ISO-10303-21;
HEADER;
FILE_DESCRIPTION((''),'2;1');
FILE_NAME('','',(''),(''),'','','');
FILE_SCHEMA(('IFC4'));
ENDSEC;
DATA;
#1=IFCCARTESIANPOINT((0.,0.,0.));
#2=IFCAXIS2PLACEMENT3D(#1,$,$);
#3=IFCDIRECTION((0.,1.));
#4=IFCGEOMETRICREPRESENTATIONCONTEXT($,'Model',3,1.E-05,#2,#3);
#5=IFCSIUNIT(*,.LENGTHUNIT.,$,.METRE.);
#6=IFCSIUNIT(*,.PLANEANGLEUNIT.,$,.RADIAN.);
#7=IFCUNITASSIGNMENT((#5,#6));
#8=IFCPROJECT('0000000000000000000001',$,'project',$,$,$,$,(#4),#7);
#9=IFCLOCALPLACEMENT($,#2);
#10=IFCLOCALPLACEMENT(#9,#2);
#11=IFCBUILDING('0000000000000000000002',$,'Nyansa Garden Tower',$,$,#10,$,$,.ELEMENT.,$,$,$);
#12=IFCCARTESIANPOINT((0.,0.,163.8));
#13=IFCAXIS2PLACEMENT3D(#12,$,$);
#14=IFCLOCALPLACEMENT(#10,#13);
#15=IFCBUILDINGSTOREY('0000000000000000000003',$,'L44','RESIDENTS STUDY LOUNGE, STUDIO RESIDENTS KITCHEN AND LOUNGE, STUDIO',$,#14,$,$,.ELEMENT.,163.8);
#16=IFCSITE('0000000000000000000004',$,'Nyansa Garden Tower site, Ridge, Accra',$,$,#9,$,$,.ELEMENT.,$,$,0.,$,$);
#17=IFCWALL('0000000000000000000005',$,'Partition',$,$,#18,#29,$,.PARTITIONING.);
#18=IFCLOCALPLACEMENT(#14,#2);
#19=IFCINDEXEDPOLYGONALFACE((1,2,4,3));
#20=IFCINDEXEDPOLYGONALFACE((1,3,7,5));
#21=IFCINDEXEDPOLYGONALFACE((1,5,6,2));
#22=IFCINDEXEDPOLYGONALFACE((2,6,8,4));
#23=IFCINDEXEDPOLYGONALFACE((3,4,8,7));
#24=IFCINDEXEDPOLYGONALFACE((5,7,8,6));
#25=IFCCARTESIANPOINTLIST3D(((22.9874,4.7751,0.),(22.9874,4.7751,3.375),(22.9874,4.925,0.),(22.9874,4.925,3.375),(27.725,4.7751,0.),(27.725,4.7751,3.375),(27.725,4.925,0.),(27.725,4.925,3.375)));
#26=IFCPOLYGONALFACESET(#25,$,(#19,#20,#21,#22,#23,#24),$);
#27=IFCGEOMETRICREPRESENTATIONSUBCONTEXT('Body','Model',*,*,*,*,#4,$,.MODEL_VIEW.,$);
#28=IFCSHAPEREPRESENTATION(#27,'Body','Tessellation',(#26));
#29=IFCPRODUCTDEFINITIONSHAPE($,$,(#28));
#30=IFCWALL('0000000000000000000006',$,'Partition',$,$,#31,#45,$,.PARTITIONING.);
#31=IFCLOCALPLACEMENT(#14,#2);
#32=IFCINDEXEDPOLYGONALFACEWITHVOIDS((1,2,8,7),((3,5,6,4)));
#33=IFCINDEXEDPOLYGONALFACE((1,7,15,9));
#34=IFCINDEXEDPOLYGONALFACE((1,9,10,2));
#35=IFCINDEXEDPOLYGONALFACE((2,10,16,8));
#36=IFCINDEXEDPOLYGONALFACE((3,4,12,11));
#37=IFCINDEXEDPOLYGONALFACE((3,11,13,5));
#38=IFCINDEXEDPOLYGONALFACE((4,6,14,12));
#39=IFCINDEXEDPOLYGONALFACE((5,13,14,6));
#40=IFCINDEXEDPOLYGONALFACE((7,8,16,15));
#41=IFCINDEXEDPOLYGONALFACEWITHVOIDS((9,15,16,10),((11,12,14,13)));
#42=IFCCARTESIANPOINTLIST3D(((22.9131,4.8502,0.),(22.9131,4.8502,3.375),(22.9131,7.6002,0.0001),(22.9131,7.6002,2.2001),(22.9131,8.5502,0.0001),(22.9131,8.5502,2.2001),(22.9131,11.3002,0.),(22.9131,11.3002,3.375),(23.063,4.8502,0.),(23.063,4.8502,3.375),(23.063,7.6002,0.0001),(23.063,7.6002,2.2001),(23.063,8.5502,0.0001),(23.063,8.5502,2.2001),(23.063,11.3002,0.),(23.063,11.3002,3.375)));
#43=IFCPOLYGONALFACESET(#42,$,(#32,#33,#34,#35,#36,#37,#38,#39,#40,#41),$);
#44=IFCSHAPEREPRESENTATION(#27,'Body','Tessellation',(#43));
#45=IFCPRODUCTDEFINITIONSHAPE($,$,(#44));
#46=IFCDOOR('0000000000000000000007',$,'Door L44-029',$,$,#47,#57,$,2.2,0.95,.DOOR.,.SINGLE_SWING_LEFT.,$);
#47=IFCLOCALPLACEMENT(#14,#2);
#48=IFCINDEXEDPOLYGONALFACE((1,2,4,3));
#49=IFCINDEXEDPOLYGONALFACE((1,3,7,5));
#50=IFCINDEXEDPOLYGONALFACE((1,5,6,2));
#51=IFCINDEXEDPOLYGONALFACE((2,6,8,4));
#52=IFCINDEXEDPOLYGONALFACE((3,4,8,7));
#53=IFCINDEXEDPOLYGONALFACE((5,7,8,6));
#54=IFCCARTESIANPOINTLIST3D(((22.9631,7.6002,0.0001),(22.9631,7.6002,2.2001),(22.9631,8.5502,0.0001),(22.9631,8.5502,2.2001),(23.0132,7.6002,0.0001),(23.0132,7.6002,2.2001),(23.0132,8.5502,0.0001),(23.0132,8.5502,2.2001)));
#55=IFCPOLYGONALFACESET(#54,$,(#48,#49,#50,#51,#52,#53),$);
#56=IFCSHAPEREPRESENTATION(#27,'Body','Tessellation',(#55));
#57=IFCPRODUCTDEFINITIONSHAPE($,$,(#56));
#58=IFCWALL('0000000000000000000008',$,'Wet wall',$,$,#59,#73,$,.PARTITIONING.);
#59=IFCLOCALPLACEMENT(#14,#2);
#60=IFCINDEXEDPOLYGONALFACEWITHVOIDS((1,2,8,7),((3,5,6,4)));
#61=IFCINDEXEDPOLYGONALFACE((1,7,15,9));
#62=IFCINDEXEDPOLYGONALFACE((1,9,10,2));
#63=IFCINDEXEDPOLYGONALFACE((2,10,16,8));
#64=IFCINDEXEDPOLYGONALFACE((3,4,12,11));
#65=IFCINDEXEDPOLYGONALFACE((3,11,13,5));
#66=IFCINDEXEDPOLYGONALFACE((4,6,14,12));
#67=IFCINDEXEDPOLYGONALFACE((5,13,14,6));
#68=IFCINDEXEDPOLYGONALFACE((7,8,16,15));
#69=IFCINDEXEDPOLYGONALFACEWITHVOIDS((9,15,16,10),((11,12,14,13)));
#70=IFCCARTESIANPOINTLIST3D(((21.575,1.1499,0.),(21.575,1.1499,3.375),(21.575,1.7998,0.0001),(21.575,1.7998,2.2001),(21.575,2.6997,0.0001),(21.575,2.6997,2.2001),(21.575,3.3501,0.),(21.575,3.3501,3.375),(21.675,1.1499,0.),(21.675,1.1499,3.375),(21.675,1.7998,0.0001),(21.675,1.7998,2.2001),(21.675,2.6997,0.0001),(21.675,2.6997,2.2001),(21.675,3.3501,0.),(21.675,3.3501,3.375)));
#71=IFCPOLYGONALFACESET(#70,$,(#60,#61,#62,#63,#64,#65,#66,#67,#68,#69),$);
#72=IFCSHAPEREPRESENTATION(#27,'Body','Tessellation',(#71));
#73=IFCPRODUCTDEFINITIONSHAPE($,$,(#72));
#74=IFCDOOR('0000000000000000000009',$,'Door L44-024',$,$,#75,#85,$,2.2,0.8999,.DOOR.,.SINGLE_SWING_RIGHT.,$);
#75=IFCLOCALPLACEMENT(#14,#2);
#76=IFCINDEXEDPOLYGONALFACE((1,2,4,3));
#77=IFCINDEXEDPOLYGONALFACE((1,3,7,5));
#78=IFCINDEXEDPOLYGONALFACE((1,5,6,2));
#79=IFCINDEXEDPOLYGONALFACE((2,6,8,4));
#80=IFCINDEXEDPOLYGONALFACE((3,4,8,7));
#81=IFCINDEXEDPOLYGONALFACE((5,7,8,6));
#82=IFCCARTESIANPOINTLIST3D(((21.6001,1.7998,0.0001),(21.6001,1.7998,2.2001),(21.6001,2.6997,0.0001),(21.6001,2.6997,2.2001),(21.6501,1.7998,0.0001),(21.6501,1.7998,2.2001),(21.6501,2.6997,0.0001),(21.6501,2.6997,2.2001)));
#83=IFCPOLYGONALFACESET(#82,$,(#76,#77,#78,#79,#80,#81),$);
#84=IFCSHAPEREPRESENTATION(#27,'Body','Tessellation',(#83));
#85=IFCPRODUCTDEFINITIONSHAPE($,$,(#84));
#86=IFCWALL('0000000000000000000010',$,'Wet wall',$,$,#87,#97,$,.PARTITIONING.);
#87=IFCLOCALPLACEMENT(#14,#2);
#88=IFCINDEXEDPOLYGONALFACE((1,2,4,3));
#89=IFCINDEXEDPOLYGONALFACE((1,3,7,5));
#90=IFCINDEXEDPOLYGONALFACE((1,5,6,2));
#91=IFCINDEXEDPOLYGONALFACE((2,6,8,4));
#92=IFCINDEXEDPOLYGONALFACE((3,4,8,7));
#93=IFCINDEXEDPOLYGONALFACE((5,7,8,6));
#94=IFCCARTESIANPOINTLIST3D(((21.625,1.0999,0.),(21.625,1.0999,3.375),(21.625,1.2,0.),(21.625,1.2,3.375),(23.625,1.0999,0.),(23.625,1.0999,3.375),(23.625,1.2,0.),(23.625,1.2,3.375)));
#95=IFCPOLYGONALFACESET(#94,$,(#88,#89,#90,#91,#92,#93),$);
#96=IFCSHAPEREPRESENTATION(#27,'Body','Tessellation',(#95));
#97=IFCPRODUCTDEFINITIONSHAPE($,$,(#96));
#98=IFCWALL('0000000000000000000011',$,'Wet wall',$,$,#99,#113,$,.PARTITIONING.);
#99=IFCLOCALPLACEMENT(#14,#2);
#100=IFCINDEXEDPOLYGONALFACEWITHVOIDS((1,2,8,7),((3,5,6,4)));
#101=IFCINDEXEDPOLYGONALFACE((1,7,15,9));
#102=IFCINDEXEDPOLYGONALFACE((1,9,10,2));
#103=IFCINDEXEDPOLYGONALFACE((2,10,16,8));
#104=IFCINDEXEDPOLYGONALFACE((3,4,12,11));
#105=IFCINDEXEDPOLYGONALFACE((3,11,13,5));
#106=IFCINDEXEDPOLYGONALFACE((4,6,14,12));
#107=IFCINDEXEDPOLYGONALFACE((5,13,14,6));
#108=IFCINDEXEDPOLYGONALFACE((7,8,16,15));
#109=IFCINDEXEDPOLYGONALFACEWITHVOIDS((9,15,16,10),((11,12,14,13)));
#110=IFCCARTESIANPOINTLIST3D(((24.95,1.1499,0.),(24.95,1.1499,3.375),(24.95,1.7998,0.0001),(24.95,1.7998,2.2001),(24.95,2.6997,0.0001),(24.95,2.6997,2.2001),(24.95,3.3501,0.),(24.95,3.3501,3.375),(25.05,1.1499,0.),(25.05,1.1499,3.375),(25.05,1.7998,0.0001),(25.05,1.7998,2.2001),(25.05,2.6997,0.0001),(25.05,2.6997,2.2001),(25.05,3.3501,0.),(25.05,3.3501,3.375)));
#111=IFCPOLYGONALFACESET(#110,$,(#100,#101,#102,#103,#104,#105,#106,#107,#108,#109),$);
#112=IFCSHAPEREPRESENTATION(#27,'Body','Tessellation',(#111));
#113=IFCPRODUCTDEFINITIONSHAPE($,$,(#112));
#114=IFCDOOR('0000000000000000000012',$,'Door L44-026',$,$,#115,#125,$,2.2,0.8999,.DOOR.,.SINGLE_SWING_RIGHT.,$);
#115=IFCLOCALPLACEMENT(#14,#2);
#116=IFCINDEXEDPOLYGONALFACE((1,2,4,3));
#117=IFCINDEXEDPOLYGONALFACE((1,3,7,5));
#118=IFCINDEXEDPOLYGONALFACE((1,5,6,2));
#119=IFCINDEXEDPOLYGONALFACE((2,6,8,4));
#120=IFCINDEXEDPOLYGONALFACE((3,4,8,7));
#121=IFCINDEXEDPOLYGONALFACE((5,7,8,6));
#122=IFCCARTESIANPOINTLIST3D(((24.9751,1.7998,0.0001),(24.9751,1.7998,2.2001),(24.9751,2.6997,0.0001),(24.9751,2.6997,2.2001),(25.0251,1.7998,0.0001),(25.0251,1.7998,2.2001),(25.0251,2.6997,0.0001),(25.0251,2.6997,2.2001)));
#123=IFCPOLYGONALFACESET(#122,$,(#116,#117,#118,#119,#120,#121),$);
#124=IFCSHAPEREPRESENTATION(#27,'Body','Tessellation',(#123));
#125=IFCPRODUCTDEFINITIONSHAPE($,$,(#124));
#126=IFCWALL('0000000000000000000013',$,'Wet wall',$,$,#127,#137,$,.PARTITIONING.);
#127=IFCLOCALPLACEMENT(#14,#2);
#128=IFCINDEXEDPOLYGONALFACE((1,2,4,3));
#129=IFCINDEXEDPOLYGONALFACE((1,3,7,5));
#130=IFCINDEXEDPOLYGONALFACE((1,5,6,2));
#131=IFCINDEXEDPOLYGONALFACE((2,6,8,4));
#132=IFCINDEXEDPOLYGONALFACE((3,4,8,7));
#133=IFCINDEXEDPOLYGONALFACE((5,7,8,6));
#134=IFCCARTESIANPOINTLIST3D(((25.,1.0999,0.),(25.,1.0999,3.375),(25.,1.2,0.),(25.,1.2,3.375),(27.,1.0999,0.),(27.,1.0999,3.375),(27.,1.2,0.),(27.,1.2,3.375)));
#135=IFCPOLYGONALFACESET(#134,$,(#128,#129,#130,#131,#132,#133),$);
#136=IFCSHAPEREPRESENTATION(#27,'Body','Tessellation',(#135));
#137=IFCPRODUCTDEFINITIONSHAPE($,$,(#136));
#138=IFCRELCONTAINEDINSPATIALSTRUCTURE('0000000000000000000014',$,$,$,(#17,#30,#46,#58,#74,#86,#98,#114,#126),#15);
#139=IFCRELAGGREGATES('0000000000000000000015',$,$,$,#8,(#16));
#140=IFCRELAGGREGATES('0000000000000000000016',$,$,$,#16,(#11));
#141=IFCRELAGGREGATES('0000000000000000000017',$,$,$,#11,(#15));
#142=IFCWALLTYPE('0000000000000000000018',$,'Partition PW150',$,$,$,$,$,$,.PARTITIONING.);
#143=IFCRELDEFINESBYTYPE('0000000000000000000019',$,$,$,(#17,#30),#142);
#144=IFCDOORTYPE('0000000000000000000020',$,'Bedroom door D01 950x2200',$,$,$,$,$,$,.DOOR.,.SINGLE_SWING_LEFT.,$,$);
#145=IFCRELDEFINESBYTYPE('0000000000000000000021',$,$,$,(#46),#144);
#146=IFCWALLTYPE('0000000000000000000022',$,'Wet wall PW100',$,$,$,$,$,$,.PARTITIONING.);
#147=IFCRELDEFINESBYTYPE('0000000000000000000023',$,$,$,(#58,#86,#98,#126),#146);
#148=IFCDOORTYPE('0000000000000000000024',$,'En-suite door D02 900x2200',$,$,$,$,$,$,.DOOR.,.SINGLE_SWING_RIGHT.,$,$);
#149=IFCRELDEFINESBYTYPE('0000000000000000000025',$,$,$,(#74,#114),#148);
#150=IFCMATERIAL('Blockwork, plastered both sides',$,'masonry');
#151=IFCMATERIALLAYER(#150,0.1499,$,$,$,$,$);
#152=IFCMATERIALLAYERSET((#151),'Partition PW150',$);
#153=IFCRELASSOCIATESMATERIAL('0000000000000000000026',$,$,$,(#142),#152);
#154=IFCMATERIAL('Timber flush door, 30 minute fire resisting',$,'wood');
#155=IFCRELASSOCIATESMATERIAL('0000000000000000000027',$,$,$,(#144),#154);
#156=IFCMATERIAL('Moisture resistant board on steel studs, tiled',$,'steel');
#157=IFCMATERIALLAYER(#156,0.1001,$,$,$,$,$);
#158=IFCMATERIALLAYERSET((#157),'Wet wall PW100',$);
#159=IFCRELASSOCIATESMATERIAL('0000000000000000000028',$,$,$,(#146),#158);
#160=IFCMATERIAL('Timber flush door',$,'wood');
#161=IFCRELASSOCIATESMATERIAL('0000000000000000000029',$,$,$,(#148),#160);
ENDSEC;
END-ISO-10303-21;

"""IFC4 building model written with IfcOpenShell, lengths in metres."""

from ifc_helpers import new_model, si_unit, direction, frame, frame_2d, origin, place, context, subcontext, project, spatial, rectangle, extrude, material, layer, layer_set, type_object, element, fill, save


model = new_model("IFC4")

# Units and contexts
model_context = context("Model", 3, precision=1e-05, world=origin(), true_north=direction((0.0, 1.0)))
body_context = subcontext(model_context, "Body", "Model", "MODEL_VIEW")
ifc_project = project(units=[si_unit("LENGTHUNIT", "METRE"), si_unit("PLANEANGLEUNIT", "RADIAN")], contexts=[model_context])

# Site, building, storey
site_placement = place(None, origin())
site = spatial("IfcSite", under=ifc_project, at=site_placement, Name="Nyansa Garden Tower site, Ridge, Accra", CompositionType="ELEMENT", RefElevation=0.0)
building_placement = place(site_placement, origin())
building = spatial("IfcBuilding", under=site, at=building_placement, Name="Nyansa Garden Tower", CompositionType="ELEMENT")
storey_placement = place(building_placement, frame((0.0, 0.0, 163.8)))
storey = spatial("IfcBuildingStorey", under=building, at=storey_placement, Name="L44", Description="RESIDENTS STUDY LOUNGE, STUDIO RESIDENTS KITCHEN AND LOUNGE, STUDIO", CompositionType="ELEMENT", Elevation=163.8)

# Wall
ifc_material_1 = material(Name="Blockwork, plastered both sides", Category="masonry")
ifc_layer_1 = layer(ifc_material_1, 0.1499)
ifc_layer_set_1 = layer_set([ifc_layer_1], Name="Partition PW150")
wall_type_1 = type_object("IfcWallType", Name="Partition PW150", PredefinedType="PARTITIONING", material=ifc_layer_set_1)
wall_1_placement = place(storey_placement, frame((22.9875, 4.8501, 0.0), z_axis=(0.0, 0.0, 1.0), x_axis=(1.0, 0.0, 0.0)))
element("IfcWall", 1, at=wall_1_placement, inside=storey, type_object=wall_type_1, Name="Partition", PredefinedType="PARTITIONING", context=body_context, shape_type="SweptSolid", body=[
    extrude(rectangle(XDim=4.7375, YDim=0.1499, at=frame_2d((2.3687, 0.0))), origin(), (0.0, 0.0, 1.0), 3.375),
])

# Walls, openings, doors
wall_2_placement = place(storey_placement, frame((22.988, 4.8501, 0.0), z_axis=(0.0, 0.0, 1.0), x_axis=(0.0, 1.0, 0.0)))
wall_2 = element("IfcWall", 2, at=wall_2_placement, inside=storey, type_object=wall_type_1, Name="Partition", PredefinedType="PARTITIONING", context=body_context, shape_type="SweptSolid", body=[
    extrude(rectangle(XDim=6.45, YDim=0.1499, at=frame_2d((3.2251, 0.0))), origin(), (0.0, 0.0, 1.0), 3.375),
])
opening_1_placement = place(wall_2_placement, frame((2.75, 0.0, 0.0)))
opening_1 = element("IfcOpeningElement", 3, at=opening_1_placement, cuts=wall_2, PredefinedType="OPENING", context=body_context, shape_type="SweptSolid", body=[
    extrude(rectangle(XDim=0.95, YDim=2.2, at=frame_2d((0.4751, 1.1001))), frame((0.0, 0.085, 0.0), z_axis=(0.0, -1.0, 0.0), x_axis=(1.0, 0.0, 0.0)), (0.0, 0.0, 1.0), 0.1699),
])
ifc_material_2 = material(Name="Timber flush door, 30 minute fire resisting", Category="wood")
door_type_1 = type_object("IfcDoorType", Name="Bedroom door D01 950x2200", OperationType="SINGLE_SWING_LEFT", PredefinedType="DOOR", material=ifc_material_2)
door_1_placement = place(opening_1_placement, origin())
door_1 = element("IfcDoor", 4, at=door_1_placement, inside=storey, type_object=door_type_1, Name="Door L44-029", OperationType="SINGLE_SWING_LEFT", OverallHeight=2.2, OverallWidth=0.95, PredefinedType="DOOR", context=body_context, shape_type="SweptSolid", body=[
    extrude(rectangle(XDim=0.95, YDim=2.2, at=frame_2d((0.4751, 1.1001))), frame((0.0, 0.0249, 0.0), z_axis=(0.0, -1.0, 0.0), x_axis=(1.0, 0.0, 0.0)), (0.0, 0.0, 1.0), 0.05),
])
fill(opening_1, door_1)
ifc_material_3 = material(Name="Moisture resistant board on steel studs, tiled", Category="steel")
ifc_layer_2 = layer(ifc_material_3, 0.1001)
ifc_layer_set_2 = layer_set([ifc_layer_2], Name="Wet wall PW100")
wall_type_2 = type_object("IfcWallType", Name="Wet wall PW100", PredefinedType="PARTITIONING", material=ifc_layer_set_2)
wall_3_placement = place(storey_placement, frame((21.625, 1.1499, 0.0), z_axis=(0.0, 0.0, 1.0), x_axis=(0.0, 1.0, 0.0)))
wall_3 = element("IfcWall", 5, at=wall_3_placement, inside=storey, type_object=wall_type_2, Name="Wet wall", PredefinedType="PARTITIONING", context=body_context, shape_type="SweptSolid", body=[
    extrude(rectangle(XDim=2.2002, YDim=0.1001, at=frame_2d((1.1001, 0.0))), origin(), (0.0, 0.0, 1.0), 3.375),
])
opening_2_placement = place(wall_3_placement, frame((0.6499, 0.0, 0.0)))
opening_2 = element("IfcOpeningElement", 6, at=opening_2_placement, cuts=wall_3, PredefinedType="OPENING", context=body_context, shape_type="SweptSolid", body=[
    extrude(rectangle(XDim=0.8999, YDim=2.2, at=frame_2d((0.45, 1.1001))), frame((0.0, 0.0601, 0.0), z_axis=(0.0, -1.0, 0.0), x_axis=(1.0, 0.0, 0.0)), (0.0, 0.0, 1.0), 0.1201),
])
ifc_material_4 = material(Name="Timber flush door", Category="wood")
door_type_2 = type_object("IfcDoorType", Name="En-suite door D02 900x2200", OperationType="SINGLE_SWING_RIGHT", PredefinedType="DOOR", material=ifc_material_4)
door_2_placement = place(opening_2_placement, origin())
door_2 = element("IfcDoor", 7, at=door_2_placement, inside=storey, type_object=door_type_2, Name="Door L44-024", OperationType="SINGLE_SWING_RIGHT", OverallHeight=2.2, OverallWidth=0.8999, PredefinedType="DOOR", context=body_context, shape_type="SweptSolid", body=[
    extrude(rectangle(XDim=0.8999, YDim=2.2, at=frame_2d((0.45, 1.1001))), frame((0.0, 0.0249, 0.0), z_axis=(0.0, -1.0, 0.0), x_axis=(1.0, 0.0, 0.0)), (0.0, 0.0, 1.0), 0.05),
])
fill(opening_2, door_2)

# Wall
wall_4_placement = place(storey_placement, frame((21.625, 1.1499, 0.0), z_axis=(0.0, 0.0, 1.0), x_axis=(1.0, 0.0, 0.0)))
element("IfcWall", 8, at=wall_4_placement, inside=storey, type_object=wall_type_2, Name="Wet wall", PredefinedType="PARTITIONING", context=body_context, shape_type="SweptSolid", body=[
    extrude(rectangle(XDim=2.0, YDim=0.1001, at=frame_2d((1.0, 0.0))), origin(), (0.0, 0.0, 1.0), 3.375),
])

# Wall, opening, door
wall_5_placement = place(storey_placement, frame((25.0, 1.1499, 0.0), z_axis=(0.0, 0.0, 1.0), x_axis=(0.0, 1.0, 0.0)))
wall_5 = element("IfcWall", 9, at=wall_5_placement, inside=storey, type_object=wall_type_2, Name="Wet wall", PredefinedType="PARTITIONING", context=body_context, shape_type="SweptSolid", body=[
    extrude(rectangle(XDim=2.2002, YDim=0.1001, at=frame_2d((1.1001, 0.0))), origin(), (0.0, 0.0, 1.0), 3.375),
])
opening_3_placement = place(wall_5_placement, frame((0.6499, 0.0, 0.0)))
opening_3 = element("IfcOpeningElement", 10, at=opening_3_placement, cuts=wall_5, PredefinedType="OPENING", context=body_context, shape_type="SweptSolid", body=[
    extrude(rectangle(XDim=0.8999, YDim=2.2, at=frame_2d((0.45, 1.1001))), frame((0.0, 0.0601, 0.0), z_axis=(0.0, -1.0, 0.0), x_axis=(1.0, 0.0, 0.0)), (0.0, 0.0, 1.0), 0.1201),
])
door_3_placement = place(opening_3_placement, origin())
door_3 = element("IfcDoor", 11, at=door_3_placement, inside=storey, type_object=door_type_2, Name="Door L44-026", OperationType="SINGLE_SWING_RIGHT", OverallHeight=2.2, OverallWidth=0.8999, PredefinedType="DOOR", context=body_context, shape_type="SweptSolid", body=[
    extrude(rectangle(XDim=0.8999, YDim=2.2, at=frame_2d((0.45, 1.1001))), frame((0.0, 0.0249, 0.0), z_axis=(0.0, -1.0, 0.0), x_axis=(1.0, 0.0, 0.0)), (0.0, 0.0, 1.0), 0.05),
])
fill(opening_3, door_3)

# Wall
wall_6_placement = place(storey_placement, frame((25.0, 1.1499, 0.0), z_axis=(0.0, 0.0, 1.0), x_axis=(1.0, 0.0, 0.0)))
element("IfcWall", 12, at=wall_6_placement, inside=storey, type_object=wall_type_2, Name="Wet wall", PredefinedType="PARTITIONING", context=body_context, shape_type="SweptSolid", body=[
    extrude(rectangle(XDim=2.0, YDim=0.1001, at=frame_2d((1.0, 0.0))), origin(), (0.0, 0.0, 1.0), 3.375),
])

save(model, "model.ifc")
